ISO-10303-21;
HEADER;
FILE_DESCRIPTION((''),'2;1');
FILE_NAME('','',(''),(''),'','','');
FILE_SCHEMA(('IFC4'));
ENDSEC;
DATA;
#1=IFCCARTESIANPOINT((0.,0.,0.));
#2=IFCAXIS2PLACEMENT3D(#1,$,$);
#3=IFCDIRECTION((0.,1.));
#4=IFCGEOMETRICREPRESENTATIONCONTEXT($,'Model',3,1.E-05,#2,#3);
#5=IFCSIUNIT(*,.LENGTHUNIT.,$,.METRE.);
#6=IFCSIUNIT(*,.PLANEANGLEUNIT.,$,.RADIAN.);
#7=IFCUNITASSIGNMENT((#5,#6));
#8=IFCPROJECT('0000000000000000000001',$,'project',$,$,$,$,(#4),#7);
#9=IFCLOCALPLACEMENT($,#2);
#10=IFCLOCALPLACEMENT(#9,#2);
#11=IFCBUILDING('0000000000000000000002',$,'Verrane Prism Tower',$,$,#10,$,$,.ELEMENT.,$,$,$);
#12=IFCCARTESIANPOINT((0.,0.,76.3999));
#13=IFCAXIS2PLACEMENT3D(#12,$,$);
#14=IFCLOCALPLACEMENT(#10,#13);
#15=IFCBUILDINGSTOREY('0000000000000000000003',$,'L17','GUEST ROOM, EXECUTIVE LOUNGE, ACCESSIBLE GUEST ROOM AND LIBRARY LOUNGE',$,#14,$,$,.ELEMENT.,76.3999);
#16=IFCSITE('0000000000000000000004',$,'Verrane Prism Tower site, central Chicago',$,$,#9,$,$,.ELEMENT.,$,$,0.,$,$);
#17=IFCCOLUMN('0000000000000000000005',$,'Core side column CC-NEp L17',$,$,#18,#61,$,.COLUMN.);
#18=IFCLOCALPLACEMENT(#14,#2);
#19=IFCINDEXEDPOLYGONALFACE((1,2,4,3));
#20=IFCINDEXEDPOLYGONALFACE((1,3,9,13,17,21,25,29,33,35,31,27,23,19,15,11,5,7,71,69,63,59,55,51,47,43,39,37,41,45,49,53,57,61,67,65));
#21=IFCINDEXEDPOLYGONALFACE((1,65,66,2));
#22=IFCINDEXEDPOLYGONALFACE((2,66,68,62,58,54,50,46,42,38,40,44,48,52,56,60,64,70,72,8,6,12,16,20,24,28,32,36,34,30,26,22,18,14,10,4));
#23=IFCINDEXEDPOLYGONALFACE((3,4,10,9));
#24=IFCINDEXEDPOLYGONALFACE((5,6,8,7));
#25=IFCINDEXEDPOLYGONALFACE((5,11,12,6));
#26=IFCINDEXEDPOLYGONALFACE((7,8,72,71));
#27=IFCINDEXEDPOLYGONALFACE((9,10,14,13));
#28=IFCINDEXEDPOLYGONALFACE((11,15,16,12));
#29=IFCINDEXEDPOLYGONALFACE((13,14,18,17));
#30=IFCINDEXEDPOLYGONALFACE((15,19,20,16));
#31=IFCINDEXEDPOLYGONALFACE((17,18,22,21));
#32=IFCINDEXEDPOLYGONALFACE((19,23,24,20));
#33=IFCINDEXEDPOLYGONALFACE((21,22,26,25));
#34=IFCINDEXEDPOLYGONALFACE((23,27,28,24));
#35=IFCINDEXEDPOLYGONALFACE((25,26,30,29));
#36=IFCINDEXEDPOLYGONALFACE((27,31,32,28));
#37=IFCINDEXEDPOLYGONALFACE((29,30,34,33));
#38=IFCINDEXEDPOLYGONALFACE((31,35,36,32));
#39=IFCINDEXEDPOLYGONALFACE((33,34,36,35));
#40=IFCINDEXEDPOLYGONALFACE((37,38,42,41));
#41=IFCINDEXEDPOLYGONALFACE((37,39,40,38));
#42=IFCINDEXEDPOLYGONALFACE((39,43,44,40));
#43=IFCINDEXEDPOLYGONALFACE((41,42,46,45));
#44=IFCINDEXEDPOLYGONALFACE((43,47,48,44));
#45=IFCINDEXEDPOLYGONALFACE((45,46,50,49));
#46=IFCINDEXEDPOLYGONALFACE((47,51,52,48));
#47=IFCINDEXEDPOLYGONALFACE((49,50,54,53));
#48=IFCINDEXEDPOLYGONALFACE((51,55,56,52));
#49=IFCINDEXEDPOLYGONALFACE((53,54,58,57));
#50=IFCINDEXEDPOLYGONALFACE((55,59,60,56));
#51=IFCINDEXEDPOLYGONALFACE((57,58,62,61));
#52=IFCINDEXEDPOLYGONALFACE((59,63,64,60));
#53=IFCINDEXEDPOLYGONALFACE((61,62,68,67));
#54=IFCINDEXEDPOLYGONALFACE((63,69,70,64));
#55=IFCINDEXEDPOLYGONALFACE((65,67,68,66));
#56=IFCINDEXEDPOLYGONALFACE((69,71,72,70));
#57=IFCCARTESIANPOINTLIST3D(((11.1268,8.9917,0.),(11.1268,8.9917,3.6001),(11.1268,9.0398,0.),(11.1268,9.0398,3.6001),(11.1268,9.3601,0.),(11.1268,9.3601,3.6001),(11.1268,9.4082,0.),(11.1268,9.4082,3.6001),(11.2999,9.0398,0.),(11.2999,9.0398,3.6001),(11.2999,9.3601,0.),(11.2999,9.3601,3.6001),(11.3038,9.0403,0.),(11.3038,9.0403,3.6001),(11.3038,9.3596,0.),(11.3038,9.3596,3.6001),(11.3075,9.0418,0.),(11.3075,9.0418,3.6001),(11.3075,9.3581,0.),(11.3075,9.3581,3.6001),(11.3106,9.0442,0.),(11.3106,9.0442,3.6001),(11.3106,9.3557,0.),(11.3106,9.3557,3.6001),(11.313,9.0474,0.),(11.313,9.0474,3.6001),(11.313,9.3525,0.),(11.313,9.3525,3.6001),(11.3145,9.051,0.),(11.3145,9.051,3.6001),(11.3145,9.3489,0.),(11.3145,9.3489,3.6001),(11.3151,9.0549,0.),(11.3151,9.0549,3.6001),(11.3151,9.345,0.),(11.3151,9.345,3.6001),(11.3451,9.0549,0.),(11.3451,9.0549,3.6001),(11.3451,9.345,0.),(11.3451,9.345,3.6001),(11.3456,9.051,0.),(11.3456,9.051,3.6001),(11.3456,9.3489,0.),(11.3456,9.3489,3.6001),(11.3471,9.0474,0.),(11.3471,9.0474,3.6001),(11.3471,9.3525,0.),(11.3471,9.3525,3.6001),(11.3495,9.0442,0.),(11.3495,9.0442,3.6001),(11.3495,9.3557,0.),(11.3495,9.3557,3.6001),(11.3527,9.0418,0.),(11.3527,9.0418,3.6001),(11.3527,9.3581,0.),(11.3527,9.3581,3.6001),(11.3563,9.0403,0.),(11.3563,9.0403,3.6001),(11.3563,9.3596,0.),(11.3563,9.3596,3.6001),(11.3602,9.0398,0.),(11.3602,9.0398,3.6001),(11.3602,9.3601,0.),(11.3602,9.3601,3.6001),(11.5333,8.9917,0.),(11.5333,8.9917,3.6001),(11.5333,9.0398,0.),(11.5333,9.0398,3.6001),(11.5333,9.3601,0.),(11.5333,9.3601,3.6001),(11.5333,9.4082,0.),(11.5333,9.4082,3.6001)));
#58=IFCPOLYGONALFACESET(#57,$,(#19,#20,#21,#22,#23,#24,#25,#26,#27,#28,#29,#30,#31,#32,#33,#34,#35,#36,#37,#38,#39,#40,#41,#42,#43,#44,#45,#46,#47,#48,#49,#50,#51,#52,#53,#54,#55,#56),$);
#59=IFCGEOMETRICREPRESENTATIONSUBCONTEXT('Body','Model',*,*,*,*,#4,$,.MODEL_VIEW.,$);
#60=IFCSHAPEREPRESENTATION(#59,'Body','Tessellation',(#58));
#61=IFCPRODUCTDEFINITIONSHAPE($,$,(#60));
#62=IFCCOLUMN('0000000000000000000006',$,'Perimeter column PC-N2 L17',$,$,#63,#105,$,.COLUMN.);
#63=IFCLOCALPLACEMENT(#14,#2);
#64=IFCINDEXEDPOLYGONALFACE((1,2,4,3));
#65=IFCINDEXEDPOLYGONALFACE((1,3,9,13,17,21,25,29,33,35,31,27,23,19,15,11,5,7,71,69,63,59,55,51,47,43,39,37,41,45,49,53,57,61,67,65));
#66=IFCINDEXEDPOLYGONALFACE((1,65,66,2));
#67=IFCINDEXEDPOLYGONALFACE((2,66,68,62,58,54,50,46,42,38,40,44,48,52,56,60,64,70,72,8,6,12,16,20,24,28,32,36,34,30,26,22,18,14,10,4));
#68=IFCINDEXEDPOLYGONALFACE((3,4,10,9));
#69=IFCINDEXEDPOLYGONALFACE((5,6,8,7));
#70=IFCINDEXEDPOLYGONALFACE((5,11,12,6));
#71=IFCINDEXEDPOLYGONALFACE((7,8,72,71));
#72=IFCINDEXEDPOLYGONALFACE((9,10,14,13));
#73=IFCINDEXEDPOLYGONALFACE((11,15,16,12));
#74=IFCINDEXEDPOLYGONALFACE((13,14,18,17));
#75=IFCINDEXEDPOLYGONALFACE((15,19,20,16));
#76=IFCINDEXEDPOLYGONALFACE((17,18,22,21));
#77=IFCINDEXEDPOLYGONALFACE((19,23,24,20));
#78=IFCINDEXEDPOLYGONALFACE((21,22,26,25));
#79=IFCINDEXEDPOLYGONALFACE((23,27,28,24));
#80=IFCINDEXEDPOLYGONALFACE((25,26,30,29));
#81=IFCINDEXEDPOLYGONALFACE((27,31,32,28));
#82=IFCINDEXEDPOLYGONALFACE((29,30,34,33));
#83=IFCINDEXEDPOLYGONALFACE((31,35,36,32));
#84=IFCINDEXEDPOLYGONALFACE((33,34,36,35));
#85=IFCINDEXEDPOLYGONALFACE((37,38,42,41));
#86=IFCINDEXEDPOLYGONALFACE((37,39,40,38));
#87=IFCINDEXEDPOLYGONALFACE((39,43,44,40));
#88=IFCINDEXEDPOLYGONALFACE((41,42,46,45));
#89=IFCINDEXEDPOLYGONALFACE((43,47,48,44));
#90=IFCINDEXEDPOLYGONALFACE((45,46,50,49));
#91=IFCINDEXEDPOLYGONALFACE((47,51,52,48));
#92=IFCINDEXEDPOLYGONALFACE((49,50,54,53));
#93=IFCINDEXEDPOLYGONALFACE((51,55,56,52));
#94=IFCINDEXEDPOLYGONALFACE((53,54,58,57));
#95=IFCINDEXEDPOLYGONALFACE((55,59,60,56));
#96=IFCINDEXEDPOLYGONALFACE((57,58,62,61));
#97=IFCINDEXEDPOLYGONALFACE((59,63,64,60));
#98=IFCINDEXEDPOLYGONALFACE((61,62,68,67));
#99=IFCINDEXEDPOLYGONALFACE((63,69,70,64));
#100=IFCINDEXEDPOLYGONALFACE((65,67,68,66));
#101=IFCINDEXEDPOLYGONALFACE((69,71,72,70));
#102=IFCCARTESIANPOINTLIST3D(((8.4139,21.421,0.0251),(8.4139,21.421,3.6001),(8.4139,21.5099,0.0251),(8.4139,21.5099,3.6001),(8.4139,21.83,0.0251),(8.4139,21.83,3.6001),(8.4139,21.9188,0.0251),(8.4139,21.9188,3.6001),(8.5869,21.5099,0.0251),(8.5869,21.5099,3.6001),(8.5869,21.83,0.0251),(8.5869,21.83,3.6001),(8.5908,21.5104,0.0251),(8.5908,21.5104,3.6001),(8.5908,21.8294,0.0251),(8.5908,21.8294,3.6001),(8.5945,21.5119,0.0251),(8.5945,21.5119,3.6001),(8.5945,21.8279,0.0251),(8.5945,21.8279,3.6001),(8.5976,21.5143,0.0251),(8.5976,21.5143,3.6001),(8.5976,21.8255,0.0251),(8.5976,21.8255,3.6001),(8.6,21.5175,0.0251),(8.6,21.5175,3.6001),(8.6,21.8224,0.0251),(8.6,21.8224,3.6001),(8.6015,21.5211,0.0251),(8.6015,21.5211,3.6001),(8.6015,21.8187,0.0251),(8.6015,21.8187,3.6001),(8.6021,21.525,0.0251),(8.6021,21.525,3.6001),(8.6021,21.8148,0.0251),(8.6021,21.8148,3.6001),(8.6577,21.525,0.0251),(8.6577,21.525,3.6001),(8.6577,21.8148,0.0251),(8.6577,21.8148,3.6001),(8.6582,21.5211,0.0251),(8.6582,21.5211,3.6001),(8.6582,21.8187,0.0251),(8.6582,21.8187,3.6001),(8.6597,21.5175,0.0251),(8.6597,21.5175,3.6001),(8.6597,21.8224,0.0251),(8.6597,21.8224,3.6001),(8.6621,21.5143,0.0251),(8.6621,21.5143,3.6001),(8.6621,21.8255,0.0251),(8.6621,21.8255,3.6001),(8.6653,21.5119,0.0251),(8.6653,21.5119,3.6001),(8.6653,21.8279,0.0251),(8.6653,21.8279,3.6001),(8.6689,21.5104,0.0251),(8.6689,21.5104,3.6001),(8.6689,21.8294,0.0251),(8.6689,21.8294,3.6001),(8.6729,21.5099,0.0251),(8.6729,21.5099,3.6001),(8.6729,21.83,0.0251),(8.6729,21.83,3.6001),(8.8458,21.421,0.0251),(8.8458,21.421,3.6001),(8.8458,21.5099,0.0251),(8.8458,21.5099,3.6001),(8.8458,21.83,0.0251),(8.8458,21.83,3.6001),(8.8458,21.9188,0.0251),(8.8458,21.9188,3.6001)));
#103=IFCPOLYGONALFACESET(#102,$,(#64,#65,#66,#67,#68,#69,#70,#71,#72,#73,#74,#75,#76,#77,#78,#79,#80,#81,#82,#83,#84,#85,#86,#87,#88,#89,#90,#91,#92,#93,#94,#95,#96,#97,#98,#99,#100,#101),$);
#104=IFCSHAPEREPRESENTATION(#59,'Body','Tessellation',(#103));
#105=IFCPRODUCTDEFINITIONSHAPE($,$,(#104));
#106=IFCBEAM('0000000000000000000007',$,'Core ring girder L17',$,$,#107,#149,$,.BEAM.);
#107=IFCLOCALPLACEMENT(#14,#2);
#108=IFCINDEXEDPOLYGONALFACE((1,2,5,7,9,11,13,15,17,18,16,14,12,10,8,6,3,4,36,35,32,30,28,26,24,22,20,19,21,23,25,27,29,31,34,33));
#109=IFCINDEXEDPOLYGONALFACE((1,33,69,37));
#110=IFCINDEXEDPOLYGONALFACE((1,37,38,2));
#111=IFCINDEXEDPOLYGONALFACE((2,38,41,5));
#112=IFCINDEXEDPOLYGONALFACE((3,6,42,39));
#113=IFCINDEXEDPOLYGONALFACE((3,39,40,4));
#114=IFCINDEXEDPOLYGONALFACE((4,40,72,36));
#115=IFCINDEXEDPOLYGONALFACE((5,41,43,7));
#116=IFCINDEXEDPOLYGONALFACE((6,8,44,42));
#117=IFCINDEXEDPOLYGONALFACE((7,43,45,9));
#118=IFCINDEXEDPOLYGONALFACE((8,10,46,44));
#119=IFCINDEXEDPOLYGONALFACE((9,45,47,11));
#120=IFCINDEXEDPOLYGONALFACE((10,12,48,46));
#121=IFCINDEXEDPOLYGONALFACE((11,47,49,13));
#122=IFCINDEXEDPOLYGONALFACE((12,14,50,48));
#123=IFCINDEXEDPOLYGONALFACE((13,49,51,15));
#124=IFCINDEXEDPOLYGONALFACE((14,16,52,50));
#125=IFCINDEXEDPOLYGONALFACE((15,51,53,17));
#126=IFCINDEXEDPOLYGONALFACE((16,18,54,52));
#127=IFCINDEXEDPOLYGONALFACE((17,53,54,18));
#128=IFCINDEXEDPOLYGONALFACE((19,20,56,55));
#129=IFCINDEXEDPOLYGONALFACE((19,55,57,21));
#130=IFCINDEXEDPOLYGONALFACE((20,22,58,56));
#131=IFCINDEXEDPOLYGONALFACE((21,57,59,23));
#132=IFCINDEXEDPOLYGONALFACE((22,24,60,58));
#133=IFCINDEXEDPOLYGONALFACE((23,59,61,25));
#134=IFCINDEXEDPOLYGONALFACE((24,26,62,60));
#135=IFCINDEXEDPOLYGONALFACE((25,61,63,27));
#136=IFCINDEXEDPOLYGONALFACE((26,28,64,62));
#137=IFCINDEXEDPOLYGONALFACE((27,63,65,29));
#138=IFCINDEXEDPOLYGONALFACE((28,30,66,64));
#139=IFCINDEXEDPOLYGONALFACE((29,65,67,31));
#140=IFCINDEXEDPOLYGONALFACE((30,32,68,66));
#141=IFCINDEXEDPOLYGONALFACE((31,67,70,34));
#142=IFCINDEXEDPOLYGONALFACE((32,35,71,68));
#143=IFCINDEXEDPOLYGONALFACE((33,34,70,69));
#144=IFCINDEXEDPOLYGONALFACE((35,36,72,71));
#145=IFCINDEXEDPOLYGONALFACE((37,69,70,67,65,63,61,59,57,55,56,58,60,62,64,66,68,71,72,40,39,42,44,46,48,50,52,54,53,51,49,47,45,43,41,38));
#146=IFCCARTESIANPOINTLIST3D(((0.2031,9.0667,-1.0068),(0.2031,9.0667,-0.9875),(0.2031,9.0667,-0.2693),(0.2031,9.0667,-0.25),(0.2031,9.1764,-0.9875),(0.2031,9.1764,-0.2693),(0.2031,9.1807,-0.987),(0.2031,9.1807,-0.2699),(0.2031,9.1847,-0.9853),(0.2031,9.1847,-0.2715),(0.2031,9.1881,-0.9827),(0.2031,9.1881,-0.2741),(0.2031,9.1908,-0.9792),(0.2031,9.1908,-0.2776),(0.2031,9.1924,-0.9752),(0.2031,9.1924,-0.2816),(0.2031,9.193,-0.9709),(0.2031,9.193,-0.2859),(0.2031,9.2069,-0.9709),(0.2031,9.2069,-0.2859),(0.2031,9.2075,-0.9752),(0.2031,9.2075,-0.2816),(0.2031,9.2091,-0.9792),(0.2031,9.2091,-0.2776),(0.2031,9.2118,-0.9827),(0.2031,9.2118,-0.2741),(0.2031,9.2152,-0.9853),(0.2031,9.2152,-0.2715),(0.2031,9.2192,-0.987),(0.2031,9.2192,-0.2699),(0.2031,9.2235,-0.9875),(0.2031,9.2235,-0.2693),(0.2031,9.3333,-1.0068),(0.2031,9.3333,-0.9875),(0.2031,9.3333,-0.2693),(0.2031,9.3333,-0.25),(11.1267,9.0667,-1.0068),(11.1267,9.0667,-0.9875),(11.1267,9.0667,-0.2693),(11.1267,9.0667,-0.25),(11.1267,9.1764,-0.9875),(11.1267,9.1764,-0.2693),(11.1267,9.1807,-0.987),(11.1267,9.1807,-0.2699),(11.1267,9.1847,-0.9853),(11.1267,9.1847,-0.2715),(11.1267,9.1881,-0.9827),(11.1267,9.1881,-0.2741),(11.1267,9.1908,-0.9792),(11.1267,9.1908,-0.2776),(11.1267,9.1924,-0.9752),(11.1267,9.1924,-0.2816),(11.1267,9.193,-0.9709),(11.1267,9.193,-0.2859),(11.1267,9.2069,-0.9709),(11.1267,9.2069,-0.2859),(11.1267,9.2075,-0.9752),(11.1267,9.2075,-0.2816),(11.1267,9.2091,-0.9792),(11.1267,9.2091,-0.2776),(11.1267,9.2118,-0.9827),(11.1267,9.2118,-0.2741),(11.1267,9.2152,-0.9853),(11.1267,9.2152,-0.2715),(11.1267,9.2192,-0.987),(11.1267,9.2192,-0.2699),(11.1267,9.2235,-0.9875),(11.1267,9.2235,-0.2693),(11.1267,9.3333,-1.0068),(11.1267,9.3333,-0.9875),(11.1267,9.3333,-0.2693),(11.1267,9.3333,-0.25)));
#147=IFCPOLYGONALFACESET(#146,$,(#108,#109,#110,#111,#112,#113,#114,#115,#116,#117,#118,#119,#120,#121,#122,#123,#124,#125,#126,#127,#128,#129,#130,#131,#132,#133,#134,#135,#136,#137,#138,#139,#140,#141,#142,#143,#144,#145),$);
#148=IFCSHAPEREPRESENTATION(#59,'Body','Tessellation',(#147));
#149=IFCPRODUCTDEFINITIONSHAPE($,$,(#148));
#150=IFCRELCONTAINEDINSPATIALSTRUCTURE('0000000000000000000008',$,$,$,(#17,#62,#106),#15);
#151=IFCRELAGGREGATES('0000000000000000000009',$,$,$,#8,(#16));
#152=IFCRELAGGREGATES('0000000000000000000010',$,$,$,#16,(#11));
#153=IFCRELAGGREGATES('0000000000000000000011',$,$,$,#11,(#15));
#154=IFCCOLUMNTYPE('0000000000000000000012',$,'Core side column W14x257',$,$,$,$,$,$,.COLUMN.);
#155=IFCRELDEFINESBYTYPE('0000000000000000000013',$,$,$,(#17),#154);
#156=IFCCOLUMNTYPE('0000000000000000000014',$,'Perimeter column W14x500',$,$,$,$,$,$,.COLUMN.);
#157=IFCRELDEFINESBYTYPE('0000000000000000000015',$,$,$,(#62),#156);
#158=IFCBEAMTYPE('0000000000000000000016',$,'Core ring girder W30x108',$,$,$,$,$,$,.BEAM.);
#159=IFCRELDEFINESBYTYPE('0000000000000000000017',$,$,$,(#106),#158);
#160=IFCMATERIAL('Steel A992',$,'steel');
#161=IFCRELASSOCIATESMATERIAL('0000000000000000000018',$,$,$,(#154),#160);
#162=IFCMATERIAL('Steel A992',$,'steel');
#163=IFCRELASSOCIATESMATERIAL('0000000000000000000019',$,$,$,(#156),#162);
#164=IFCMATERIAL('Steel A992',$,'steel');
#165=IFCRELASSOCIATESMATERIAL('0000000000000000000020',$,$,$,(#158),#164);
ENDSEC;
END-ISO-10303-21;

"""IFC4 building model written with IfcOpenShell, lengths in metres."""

from ifc_helpers import new_model, si_unit, direction, frame, origin, origin_2d, place, context, subcontext, project, spatial, i_section, extrude, material, material_profile, profile_set, type_object, element, save


model = new_model("IFC4")

# Units and contexts
model_context = context("Model", 3, precision=1e-05, world=origin(), true_north=direction((0.0, 1.0)))
body_context = subcontext(model_context, "Body", "Model", "MODEL_VIEW")
ifc_project = project(units=[si_unit("LENGTHUNIT", "METRE"), si_unit("PLANEANGLEUNIT", "RADIAN")], contexts=[model_context])

# Site, building, storey
site_placement = place(None, origin())
site = spatial("IfcSite", under=ifc_project, at=site_placement, Name="Verrane Prism Tower site, central Chicago", CompositionType="ELEMENT", RefElevation=0.0)
building_placement = place(site_placement, origin())
building = spatial("IfcBuilding", under=site, at=building_placement, Name="Verrane Prism Tower", CompositionType="ELEMENT")
storey_placement = place(building_placement, frame((0.0, 0.0, 76.3999)))
storey = spatial("IfcBuildingStorey", under=building, at=storey_placement, Name="L17", Description="GUEST ROOM, EXECUTIVE LOUNGE, ACCESSIBLE GUEST ROOM AND LIBRARY LOUNGE", CompositionType="ELEMENT", Elevation=76.3999)

# Columns
ifc_material_1 = material(Name="Steel A992", Category="steel")
ifc_material_profile_1 = material_profile(ifc_material_1, i_section(OverallWidth=0.4065, OverallDepth=0.4165, WebThickness=0.03, FlangeThickness=0.0481, FilletRadius=0.0151, at=origin_2d()), Name="W14x257")
ifc_profile_set_1 = profile_set([ifc_material_profile_1], Name="Steel A992")
column_type_1 = type_object("IfcColumnType", Name="Core side column W14x257", PredefinedType="COLUMN", material=ifc_profile_set_1)
column_1_placement = place(storey_placement, frame((11.3301, 9.2, 0.0), z_axis=(0.0, 0.0, 1.0), x_axis=(1.0, 0.0, 0.0)))
element("IfcColumn", 1, at=column_1_placement, inside=storey, type_object=column_type_1, Name="Core side column CC-NEp L17", PredefinedType="COLUMN", context=body_context, shape_type="SweptSolid", body=[
    extrude(i_section(OverallWidth=0.4065, OverallDepth=0.4165, WebThickness=0.03, FlangeThickness=0.0481, FilletRadius=0.0151, at=origin_2d()), origin(), (0.0, 0.0, 1.0), 3.6001),
])
ifc_material_2 = material(Name="Steel A992", Category="steel")
ifc_material_profile_2 = material_profile(ifc_material_2, i_section(OverallWidth=0.4319, OverallDepth=0.4978, WebThickness=0.0557, FlangeThickness=0.0889, FilletRadius=0.0151, at=origin_2d()), Name="W14x500")
ifc_profile_set_2 = profile_set([ifc_material_profile_2], Name="Steel A992")
column_type_2 = type_object("IfcColumnType", Name="Perimeter column W14x500", PredefinedType="COLUMN", material=ifc_profile_set_2)
column_2_placement = place(storey_placement, frame((8.6299, 21.6699, 0.0251), z_axis=(0.0, 0.0, 1.0), x_axis=(1.0, 0.0, 0.0)))
element("IfcColumn", 2, at=column_2_placement, inside=storey, type_object=column_type_2, Name="Perimeter column PC-N2 L17", PredefinedType="COLUMN", context=body_context, shape_type="SweptSolid", body=[
    extrude(i_section(OverallWidth=0.4319, OverallDepth=0.4978, WebThickness=0.0557, FlangeThickness=0.0889, FilletRadius=0.0151, at=origin_2d()), origin(), (0.0, 0.0, 1.0), 3.575),
])

# Beam
ifc_material_3 = material(Name="Steel A992", Category="steel")
ifc_material_profile_3 = material_profile(ifc_material_3, i_section(OverallWidth=0.2666, OverallDepth=0.7568, WebThickness=0.0139, FlangeThickness=0.0193, FilletRadius=0.0166, at=origin_2d()), Name="W30x108")
ifc_profile_set_3 = profile_set([ifc_material_profile_3], Name="Steel A992")
beam_type_1 = type_object("IfcBeamType", Name="Core ring girder W30x108", PredefinedType="BEAM", material=ifc_profile_set_3)
beam_1_placement = place(storey_placement, frame((11.1267, 9.2, -0.6284), z_axis=(-1.0, 0.0, 0.0), x_axis=(0.0, -1.0, 0.0)))
element("IfcBeam", 3, at=beam_1_placement, inside=storey, type_object=beam_type_1, Name="Core ring girder L17", PredefinedType="BEAM", context=body_context, shape_type="SweptSolid", body=[
    extrude(i_section(OverallWidth=0.2666, OverallDepth=0.7568, WebThickness=0.0139, FlangeThickness=0.0193, FilletRadius=0.0166, at=origin_2d()), origin(), (0.0, 0.0, 1.0), 10.9236),
])

save(model, "model.ifc")
